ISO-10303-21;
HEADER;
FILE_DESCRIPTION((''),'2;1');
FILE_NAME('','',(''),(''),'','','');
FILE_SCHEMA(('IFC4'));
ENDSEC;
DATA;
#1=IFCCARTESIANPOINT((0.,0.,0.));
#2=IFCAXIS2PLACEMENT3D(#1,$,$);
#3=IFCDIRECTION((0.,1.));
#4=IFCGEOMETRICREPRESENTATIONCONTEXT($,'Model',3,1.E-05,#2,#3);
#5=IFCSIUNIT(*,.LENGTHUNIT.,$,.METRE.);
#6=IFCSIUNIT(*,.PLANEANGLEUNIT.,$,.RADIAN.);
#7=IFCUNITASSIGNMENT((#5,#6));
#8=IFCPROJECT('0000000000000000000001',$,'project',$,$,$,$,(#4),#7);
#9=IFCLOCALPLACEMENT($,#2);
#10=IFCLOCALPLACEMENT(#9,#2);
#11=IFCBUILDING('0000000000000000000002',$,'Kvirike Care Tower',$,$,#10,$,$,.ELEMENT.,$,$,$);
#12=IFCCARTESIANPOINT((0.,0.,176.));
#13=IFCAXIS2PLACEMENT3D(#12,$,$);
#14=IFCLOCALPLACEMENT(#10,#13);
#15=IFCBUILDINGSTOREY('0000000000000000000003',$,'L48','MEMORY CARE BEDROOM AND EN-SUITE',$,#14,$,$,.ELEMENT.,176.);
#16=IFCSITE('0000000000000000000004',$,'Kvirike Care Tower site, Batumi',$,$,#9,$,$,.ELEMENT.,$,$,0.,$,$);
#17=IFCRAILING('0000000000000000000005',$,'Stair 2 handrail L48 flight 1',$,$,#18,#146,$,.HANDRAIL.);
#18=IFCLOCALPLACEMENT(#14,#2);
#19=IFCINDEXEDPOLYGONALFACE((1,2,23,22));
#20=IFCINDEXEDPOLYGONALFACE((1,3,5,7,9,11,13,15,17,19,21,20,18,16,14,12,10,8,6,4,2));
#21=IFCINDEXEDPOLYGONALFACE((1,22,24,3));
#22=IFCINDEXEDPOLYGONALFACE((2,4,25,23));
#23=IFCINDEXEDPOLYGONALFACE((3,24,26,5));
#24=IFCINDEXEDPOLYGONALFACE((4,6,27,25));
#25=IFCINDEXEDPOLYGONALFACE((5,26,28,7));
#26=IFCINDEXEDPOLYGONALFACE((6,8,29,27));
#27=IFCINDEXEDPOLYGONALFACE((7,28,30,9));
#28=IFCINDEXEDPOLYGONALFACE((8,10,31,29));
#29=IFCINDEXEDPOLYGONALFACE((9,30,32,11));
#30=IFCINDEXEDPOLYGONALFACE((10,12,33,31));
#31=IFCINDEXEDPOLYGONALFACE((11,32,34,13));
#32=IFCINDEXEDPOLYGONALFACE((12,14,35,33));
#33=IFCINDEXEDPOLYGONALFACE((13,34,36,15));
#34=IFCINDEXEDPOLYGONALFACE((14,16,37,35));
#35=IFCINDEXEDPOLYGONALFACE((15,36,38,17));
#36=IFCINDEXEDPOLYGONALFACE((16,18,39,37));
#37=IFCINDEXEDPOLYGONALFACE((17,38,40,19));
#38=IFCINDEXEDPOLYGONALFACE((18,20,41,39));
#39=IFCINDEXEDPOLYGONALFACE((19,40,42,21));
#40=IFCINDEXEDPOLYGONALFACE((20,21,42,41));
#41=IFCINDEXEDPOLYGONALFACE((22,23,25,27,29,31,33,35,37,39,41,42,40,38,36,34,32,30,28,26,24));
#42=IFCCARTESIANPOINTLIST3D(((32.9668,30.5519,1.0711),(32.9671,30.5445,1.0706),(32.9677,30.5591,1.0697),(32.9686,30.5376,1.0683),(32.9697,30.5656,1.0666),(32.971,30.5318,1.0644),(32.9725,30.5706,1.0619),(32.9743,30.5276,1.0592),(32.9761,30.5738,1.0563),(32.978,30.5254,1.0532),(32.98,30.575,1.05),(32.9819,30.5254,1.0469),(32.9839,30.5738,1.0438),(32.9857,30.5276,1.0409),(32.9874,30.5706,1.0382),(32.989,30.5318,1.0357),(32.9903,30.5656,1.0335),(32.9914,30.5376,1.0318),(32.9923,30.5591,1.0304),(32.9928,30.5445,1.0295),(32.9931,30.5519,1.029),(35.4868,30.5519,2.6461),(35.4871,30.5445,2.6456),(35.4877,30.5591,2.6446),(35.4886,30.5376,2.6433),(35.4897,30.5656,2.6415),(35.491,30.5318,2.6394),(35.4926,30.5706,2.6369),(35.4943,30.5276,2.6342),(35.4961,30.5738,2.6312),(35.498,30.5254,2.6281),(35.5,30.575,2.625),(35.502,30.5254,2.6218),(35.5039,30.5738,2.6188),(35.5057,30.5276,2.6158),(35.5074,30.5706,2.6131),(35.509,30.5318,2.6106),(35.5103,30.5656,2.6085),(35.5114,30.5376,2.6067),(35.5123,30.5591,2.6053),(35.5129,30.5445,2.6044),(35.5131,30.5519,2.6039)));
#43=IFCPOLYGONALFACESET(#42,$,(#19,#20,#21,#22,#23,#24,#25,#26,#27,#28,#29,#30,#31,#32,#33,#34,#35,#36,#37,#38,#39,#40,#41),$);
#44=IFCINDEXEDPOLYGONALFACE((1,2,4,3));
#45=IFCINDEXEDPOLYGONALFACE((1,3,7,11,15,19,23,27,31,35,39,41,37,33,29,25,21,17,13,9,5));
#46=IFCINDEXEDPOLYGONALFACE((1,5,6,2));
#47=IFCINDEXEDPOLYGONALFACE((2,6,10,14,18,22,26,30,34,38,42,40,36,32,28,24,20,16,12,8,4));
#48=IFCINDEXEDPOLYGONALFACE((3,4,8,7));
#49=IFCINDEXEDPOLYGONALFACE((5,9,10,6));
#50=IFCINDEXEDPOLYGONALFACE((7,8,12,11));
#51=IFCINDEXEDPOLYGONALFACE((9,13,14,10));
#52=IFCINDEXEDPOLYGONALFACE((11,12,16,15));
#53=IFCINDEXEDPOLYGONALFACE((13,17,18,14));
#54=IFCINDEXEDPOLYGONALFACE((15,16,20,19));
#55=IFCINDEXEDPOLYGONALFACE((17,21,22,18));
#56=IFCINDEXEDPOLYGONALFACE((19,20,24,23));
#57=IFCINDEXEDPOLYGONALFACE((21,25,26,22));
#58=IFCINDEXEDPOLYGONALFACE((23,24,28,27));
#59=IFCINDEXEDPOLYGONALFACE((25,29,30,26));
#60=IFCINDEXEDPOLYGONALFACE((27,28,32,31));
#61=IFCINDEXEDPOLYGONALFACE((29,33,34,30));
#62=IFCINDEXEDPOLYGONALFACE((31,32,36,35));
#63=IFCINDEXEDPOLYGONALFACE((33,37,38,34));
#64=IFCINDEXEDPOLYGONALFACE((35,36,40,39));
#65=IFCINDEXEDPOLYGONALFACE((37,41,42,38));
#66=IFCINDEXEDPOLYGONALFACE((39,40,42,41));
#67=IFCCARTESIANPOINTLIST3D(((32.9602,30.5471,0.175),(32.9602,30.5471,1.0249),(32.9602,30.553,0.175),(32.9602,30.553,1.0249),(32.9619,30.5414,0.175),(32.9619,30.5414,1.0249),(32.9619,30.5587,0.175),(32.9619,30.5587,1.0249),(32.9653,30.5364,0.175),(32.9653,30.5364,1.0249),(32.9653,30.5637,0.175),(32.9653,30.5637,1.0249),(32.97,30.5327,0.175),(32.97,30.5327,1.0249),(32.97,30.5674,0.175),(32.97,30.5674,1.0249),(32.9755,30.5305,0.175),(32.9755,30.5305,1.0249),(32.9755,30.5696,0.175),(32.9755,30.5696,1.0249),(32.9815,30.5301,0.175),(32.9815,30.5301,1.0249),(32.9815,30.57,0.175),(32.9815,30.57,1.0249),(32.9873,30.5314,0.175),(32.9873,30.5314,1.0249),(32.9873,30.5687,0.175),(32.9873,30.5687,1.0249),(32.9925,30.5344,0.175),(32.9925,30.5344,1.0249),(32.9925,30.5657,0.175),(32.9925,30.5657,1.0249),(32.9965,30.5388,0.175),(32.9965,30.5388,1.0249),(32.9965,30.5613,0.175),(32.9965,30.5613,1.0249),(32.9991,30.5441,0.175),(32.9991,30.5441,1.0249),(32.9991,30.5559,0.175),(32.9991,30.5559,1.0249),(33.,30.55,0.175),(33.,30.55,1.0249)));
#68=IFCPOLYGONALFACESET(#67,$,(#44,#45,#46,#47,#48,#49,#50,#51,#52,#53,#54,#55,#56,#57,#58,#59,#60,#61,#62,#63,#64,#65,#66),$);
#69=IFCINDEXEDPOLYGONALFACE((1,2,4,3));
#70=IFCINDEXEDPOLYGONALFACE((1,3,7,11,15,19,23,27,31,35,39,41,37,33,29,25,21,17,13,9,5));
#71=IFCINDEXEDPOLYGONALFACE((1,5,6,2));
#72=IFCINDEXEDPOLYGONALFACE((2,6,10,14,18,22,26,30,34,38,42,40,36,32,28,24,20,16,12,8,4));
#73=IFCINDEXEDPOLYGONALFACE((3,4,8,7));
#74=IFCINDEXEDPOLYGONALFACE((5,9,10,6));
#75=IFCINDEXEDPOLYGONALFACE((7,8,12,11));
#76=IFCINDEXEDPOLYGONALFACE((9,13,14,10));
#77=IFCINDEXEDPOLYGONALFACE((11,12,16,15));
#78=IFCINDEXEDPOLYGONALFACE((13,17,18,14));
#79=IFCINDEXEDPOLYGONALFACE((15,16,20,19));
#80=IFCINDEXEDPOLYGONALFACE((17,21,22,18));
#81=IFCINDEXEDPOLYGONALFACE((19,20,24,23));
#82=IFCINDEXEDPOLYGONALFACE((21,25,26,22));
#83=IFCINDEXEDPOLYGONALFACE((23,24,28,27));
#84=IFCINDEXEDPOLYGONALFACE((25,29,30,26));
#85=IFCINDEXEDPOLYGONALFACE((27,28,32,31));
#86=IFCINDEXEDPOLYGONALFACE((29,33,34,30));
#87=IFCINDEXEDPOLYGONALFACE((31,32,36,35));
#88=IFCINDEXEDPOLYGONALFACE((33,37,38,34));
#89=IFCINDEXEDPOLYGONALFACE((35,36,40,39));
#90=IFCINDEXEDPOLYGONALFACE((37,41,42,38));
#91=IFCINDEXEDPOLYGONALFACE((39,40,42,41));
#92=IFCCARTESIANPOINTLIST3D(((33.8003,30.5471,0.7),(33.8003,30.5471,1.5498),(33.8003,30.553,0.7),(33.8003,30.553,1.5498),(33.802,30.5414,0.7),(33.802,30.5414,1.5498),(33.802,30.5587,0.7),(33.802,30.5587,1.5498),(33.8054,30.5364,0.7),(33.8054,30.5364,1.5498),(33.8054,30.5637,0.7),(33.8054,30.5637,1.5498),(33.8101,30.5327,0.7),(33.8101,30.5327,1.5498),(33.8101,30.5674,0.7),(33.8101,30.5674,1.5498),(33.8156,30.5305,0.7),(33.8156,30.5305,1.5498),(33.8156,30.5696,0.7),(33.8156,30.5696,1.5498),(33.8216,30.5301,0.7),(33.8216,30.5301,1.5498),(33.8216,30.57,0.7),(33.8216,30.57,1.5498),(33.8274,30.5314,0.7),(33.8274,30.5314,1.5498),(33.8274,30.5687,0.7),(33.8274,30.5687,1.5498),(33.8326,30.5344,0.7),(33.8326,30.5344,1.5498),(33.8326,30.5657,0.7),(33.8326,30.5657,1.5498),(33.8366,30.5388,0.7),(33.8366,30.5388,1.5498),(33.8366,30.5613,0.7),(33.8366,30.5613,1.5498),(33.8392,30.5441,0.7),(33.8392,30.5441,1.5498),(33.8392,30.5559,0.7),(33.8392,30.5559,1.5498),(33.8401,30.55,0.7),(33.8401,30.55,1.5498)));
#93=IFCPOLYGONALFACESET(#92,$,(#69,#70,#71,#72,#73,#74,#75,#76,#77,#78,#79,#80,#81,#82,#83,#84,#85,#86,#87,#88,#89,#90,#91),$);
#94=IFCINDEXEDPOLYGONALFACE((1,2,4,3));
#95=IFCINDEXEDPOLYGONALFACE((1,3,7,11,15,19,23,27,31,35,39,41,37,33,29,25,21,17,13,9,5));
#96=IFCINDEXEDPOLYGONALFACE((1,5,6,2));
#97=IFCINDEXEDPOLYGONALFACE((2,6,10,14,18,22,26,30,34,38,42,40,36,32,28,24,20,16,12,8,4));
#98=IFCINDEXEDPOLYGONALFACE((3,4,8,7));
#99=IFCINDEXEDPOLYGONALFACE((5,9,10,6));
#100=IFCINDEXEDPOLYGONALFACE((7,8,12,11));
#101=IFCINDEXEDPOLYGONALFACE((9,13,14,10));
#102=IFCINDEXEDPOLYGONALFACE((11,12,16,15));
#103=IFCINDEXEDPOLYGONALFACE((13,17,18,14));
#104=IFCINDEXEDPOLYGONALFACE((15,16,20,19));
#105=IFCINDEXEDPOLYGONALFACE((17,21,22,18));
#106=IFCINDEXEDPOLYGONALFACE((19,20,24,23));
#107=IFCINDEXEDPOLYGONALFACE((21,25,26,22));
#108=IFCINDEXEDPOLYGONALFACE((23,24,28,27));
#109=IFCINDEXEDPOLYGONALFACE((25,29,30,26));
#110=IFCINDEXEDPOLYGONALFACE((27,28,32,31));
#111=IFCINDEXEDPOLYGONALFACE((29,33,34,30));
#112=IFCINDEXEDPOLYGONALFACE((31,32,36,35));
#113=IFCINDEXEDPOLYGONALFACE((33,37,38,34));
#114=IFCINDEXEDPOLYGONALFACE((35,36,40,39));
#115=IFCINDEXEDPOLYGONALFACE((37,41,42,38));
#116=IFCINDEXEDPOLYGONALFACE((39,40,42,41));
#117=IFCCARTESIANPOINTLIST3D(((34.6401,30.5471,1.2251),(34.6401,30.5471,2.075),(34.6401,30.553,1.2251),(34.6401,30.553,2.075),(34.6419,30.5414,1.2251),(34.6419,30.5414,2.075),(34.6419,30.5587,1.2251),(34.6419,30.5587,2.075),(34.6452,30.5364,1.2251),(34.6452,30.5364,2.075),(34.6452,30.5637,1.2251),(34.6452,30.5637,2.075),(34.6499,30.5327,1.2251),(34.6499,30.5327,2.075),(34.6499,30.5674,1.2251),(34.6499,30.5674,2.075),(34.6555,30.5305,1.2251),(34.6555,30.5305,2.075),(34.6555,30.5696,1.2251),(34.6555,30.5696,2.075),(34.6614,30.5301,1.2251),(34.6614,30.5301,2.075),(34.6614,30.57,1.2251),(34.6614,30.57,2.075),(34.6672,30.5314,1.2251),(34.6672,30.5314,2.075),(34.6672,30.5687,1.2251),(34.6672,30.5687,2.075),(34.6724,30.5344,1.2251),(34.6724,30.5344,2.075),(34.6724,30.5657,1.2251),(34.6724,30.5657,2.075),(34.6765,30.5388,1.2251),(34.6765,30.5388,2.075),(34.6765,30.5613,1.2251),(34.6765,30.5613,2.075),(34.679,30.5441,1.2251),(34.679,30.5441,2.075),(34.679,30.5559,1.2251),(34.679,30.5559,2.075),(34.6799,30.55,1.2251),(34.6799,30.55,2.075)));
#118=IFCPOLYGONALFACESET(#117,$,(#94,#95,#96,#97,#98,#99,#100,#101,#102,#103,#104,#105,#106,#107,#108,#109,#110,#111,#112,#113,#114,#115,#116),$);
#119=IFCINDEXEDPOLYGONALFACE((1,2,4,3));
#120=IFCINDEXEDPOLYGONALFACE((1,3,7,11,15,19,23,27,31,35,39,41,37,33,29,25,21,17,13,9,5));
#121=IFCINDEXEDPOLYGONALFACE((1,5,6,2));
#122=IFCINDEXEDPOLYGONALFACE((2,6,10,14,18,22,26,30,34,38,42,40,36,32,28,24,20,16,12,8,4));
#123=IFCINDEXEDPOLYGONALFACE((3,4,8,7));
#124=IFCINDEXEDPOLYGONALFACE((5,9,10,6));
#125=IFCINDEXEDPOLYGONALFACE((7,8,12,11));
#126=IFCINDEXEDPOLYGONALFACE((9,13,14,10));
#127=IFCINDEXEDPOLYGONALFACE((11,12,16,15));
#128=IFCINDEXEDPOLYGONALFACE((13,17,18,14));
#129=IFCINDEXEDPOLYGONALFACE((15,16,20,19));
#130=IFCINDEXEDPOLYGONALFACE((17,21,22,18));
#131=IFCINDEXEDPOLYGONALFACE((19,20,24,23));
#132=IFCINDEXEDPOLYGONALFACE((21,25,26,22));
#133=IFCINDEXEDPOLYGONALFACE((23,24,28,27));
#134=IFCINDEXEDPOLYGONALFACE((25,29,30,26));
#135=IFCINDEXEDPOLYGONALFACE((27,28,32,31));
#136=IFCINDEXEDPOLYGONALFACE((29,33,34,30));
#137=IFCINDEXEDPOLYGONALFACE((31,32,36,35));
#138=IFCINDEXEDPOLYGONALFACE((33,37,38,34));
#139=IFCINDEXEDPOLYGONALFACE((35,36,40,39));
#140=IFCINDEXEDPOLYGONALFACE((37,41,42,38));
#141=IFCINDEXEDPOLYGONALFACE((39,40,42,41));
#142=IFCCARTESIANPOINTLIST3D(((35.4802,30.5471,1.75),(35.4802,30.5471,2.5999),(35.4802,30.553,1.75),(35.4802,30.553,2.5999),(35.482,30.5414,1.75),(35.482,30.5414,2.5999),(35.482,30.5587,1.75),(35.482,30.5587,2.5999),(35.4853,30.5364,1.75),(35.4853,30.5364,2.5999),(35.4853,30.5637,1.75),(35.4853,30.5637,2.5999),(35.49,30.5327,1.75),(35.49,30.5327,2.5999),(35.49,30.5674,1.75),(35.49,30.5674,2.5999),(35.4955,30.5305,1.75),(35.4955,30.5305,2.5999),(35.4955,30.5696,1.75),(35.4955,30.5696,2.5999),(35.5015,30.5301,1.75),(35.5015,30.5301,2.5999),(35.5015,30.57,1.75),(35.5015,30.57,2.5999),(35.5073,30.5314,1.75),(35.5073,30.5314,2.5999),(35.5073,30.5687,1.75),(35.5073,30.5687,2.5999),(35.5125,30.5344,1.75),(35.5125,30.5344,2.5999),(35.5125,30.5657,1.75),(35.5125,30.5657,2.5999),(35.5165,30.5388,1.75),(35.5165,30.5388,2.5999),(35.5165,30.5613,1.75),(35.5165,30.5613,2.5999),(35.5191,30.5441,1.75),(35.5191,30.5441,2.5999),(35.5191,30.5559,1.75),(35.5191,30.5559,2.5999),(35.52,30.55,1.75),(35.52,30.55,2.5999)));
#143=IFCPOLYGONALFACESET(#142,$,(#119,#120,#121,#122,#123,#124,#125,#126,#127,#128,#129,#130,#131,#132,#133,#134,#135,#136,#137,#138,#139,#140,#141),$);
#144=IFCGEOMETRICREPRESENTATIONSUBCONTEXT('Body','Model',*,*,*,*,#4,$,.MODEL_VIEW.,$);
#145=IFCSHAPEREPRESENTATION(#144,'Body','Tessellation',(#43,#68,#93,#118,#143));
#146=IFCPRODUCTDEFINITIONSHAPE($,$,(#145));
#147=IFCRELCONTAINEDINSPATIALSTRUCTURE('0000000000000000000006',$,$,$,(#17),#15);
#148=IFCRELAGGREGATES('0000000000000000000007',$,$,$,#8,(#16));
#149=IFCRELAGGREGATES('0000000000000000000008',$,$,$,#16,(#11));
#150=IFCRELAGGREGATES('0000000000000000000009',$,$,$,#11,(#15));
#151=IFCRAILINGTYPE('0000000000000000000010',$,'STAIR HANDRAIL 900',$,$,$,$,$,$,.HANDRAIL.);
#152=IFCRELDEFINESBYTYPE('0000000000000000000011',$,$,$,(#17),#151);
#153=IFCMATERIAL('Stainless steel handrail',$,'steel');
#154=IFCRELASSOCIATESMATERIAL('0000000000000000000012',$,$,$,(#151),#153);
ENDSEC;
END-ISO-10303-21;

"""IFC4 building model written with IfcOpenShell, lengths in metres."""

from ifc_helpers import new_model, si_unit, direction, frame, origin, origin_2d, place, context, subcontext, project, spatial, circle, extrude, material, type_object, element, save


model = new_model("IFC4")

# Units and contexts
model_context = context("Model", 3, precision=1e-05, world=origin(), true_north=direction((0.0, 1.0)))
body_context = subcontext(model_context, "Body", "Model", "MODEL_VIEW")
ifc_project = project(units=[si_unit("LENGTHUNIT", "METRE"), si_unit("PLANEANGLEUNIT", "RADIAN")], contexts=[model_context])

# Site, building, storey
site_placement = place(None, origin())
site = spatial("IfcSite", under=ifc_project, at=site_placement, Name="Kvirike Care Tower site, Batumi", CompositionType="ELEMENT", RefElevation=0.0)
building_placement = place(site_placement, origin())
building = spatial("IfcBuilding", under=site, at=building_placement, Name="Kvirike Care Tower", CompositionType="ELEMENT")
storey_placement = place(building_placement, frame((0.0, 0.0, 176.0)))
storey = spatial("IfcBuildingStorey", under=building, at=storey_placement, Name="L48", Description="MEMORY CARE BEDROOM AND EN-SUITE", CompositionType="ELEMENT", Elevation=176.0)

# Railing
ifc_material_1 = material(Name="Stainless steel handrail", Category="steel")
railing_type = type_object("IfcRailingType", Name="STAIR HANDRAIL 900", PredefinedType="HANDRAIL", material=ifc_material_1)
railing_1_placement = place(storey_placement, frame((32.98, 30.55, 0.175)))
element("IfcRailing", 1, at=railing_1_placement, inside=storey, type_object=railing_type, Name="Stair 2 handrail L48 flight 1", PredefinedType="HANDRAIL", context=body_context, shape_type="SweptSolid", body=[
    extrude(circle(Radius=0.0249, at=origin_2d()), frame((0.0, 0.0, 0.875), z_axis=(0.848008, 0.0, 0.529984), x_axis=(0.0, 1.0, 0.0)), (0.0, 0.0, 1.0), 2.9717),
    extrude(circle(Radius=0.02, at=origin_2d()), origin(), (0.0, 0.0, 1.0), 0.8499),
    extrude(circle(Radius=0.02, at=origin_2d()), frame((0.8401, 0.0, 0.5249)), (0.0, 0.0, 1.0), 0.8499),
    extrude(circle(Radius=0.02, at=origin_2d()), frame((1.6799, 0.0, 1.05)), (0.0, 0.0, 1.0), 0.8499),
    extrude(circle(Radius=0.02, at=origin_2d()), frame((2.52, 0.0, 1.575)), (0.0, 0.0, 1.0), 0.8499),
])

save(model, "model.ifc")
